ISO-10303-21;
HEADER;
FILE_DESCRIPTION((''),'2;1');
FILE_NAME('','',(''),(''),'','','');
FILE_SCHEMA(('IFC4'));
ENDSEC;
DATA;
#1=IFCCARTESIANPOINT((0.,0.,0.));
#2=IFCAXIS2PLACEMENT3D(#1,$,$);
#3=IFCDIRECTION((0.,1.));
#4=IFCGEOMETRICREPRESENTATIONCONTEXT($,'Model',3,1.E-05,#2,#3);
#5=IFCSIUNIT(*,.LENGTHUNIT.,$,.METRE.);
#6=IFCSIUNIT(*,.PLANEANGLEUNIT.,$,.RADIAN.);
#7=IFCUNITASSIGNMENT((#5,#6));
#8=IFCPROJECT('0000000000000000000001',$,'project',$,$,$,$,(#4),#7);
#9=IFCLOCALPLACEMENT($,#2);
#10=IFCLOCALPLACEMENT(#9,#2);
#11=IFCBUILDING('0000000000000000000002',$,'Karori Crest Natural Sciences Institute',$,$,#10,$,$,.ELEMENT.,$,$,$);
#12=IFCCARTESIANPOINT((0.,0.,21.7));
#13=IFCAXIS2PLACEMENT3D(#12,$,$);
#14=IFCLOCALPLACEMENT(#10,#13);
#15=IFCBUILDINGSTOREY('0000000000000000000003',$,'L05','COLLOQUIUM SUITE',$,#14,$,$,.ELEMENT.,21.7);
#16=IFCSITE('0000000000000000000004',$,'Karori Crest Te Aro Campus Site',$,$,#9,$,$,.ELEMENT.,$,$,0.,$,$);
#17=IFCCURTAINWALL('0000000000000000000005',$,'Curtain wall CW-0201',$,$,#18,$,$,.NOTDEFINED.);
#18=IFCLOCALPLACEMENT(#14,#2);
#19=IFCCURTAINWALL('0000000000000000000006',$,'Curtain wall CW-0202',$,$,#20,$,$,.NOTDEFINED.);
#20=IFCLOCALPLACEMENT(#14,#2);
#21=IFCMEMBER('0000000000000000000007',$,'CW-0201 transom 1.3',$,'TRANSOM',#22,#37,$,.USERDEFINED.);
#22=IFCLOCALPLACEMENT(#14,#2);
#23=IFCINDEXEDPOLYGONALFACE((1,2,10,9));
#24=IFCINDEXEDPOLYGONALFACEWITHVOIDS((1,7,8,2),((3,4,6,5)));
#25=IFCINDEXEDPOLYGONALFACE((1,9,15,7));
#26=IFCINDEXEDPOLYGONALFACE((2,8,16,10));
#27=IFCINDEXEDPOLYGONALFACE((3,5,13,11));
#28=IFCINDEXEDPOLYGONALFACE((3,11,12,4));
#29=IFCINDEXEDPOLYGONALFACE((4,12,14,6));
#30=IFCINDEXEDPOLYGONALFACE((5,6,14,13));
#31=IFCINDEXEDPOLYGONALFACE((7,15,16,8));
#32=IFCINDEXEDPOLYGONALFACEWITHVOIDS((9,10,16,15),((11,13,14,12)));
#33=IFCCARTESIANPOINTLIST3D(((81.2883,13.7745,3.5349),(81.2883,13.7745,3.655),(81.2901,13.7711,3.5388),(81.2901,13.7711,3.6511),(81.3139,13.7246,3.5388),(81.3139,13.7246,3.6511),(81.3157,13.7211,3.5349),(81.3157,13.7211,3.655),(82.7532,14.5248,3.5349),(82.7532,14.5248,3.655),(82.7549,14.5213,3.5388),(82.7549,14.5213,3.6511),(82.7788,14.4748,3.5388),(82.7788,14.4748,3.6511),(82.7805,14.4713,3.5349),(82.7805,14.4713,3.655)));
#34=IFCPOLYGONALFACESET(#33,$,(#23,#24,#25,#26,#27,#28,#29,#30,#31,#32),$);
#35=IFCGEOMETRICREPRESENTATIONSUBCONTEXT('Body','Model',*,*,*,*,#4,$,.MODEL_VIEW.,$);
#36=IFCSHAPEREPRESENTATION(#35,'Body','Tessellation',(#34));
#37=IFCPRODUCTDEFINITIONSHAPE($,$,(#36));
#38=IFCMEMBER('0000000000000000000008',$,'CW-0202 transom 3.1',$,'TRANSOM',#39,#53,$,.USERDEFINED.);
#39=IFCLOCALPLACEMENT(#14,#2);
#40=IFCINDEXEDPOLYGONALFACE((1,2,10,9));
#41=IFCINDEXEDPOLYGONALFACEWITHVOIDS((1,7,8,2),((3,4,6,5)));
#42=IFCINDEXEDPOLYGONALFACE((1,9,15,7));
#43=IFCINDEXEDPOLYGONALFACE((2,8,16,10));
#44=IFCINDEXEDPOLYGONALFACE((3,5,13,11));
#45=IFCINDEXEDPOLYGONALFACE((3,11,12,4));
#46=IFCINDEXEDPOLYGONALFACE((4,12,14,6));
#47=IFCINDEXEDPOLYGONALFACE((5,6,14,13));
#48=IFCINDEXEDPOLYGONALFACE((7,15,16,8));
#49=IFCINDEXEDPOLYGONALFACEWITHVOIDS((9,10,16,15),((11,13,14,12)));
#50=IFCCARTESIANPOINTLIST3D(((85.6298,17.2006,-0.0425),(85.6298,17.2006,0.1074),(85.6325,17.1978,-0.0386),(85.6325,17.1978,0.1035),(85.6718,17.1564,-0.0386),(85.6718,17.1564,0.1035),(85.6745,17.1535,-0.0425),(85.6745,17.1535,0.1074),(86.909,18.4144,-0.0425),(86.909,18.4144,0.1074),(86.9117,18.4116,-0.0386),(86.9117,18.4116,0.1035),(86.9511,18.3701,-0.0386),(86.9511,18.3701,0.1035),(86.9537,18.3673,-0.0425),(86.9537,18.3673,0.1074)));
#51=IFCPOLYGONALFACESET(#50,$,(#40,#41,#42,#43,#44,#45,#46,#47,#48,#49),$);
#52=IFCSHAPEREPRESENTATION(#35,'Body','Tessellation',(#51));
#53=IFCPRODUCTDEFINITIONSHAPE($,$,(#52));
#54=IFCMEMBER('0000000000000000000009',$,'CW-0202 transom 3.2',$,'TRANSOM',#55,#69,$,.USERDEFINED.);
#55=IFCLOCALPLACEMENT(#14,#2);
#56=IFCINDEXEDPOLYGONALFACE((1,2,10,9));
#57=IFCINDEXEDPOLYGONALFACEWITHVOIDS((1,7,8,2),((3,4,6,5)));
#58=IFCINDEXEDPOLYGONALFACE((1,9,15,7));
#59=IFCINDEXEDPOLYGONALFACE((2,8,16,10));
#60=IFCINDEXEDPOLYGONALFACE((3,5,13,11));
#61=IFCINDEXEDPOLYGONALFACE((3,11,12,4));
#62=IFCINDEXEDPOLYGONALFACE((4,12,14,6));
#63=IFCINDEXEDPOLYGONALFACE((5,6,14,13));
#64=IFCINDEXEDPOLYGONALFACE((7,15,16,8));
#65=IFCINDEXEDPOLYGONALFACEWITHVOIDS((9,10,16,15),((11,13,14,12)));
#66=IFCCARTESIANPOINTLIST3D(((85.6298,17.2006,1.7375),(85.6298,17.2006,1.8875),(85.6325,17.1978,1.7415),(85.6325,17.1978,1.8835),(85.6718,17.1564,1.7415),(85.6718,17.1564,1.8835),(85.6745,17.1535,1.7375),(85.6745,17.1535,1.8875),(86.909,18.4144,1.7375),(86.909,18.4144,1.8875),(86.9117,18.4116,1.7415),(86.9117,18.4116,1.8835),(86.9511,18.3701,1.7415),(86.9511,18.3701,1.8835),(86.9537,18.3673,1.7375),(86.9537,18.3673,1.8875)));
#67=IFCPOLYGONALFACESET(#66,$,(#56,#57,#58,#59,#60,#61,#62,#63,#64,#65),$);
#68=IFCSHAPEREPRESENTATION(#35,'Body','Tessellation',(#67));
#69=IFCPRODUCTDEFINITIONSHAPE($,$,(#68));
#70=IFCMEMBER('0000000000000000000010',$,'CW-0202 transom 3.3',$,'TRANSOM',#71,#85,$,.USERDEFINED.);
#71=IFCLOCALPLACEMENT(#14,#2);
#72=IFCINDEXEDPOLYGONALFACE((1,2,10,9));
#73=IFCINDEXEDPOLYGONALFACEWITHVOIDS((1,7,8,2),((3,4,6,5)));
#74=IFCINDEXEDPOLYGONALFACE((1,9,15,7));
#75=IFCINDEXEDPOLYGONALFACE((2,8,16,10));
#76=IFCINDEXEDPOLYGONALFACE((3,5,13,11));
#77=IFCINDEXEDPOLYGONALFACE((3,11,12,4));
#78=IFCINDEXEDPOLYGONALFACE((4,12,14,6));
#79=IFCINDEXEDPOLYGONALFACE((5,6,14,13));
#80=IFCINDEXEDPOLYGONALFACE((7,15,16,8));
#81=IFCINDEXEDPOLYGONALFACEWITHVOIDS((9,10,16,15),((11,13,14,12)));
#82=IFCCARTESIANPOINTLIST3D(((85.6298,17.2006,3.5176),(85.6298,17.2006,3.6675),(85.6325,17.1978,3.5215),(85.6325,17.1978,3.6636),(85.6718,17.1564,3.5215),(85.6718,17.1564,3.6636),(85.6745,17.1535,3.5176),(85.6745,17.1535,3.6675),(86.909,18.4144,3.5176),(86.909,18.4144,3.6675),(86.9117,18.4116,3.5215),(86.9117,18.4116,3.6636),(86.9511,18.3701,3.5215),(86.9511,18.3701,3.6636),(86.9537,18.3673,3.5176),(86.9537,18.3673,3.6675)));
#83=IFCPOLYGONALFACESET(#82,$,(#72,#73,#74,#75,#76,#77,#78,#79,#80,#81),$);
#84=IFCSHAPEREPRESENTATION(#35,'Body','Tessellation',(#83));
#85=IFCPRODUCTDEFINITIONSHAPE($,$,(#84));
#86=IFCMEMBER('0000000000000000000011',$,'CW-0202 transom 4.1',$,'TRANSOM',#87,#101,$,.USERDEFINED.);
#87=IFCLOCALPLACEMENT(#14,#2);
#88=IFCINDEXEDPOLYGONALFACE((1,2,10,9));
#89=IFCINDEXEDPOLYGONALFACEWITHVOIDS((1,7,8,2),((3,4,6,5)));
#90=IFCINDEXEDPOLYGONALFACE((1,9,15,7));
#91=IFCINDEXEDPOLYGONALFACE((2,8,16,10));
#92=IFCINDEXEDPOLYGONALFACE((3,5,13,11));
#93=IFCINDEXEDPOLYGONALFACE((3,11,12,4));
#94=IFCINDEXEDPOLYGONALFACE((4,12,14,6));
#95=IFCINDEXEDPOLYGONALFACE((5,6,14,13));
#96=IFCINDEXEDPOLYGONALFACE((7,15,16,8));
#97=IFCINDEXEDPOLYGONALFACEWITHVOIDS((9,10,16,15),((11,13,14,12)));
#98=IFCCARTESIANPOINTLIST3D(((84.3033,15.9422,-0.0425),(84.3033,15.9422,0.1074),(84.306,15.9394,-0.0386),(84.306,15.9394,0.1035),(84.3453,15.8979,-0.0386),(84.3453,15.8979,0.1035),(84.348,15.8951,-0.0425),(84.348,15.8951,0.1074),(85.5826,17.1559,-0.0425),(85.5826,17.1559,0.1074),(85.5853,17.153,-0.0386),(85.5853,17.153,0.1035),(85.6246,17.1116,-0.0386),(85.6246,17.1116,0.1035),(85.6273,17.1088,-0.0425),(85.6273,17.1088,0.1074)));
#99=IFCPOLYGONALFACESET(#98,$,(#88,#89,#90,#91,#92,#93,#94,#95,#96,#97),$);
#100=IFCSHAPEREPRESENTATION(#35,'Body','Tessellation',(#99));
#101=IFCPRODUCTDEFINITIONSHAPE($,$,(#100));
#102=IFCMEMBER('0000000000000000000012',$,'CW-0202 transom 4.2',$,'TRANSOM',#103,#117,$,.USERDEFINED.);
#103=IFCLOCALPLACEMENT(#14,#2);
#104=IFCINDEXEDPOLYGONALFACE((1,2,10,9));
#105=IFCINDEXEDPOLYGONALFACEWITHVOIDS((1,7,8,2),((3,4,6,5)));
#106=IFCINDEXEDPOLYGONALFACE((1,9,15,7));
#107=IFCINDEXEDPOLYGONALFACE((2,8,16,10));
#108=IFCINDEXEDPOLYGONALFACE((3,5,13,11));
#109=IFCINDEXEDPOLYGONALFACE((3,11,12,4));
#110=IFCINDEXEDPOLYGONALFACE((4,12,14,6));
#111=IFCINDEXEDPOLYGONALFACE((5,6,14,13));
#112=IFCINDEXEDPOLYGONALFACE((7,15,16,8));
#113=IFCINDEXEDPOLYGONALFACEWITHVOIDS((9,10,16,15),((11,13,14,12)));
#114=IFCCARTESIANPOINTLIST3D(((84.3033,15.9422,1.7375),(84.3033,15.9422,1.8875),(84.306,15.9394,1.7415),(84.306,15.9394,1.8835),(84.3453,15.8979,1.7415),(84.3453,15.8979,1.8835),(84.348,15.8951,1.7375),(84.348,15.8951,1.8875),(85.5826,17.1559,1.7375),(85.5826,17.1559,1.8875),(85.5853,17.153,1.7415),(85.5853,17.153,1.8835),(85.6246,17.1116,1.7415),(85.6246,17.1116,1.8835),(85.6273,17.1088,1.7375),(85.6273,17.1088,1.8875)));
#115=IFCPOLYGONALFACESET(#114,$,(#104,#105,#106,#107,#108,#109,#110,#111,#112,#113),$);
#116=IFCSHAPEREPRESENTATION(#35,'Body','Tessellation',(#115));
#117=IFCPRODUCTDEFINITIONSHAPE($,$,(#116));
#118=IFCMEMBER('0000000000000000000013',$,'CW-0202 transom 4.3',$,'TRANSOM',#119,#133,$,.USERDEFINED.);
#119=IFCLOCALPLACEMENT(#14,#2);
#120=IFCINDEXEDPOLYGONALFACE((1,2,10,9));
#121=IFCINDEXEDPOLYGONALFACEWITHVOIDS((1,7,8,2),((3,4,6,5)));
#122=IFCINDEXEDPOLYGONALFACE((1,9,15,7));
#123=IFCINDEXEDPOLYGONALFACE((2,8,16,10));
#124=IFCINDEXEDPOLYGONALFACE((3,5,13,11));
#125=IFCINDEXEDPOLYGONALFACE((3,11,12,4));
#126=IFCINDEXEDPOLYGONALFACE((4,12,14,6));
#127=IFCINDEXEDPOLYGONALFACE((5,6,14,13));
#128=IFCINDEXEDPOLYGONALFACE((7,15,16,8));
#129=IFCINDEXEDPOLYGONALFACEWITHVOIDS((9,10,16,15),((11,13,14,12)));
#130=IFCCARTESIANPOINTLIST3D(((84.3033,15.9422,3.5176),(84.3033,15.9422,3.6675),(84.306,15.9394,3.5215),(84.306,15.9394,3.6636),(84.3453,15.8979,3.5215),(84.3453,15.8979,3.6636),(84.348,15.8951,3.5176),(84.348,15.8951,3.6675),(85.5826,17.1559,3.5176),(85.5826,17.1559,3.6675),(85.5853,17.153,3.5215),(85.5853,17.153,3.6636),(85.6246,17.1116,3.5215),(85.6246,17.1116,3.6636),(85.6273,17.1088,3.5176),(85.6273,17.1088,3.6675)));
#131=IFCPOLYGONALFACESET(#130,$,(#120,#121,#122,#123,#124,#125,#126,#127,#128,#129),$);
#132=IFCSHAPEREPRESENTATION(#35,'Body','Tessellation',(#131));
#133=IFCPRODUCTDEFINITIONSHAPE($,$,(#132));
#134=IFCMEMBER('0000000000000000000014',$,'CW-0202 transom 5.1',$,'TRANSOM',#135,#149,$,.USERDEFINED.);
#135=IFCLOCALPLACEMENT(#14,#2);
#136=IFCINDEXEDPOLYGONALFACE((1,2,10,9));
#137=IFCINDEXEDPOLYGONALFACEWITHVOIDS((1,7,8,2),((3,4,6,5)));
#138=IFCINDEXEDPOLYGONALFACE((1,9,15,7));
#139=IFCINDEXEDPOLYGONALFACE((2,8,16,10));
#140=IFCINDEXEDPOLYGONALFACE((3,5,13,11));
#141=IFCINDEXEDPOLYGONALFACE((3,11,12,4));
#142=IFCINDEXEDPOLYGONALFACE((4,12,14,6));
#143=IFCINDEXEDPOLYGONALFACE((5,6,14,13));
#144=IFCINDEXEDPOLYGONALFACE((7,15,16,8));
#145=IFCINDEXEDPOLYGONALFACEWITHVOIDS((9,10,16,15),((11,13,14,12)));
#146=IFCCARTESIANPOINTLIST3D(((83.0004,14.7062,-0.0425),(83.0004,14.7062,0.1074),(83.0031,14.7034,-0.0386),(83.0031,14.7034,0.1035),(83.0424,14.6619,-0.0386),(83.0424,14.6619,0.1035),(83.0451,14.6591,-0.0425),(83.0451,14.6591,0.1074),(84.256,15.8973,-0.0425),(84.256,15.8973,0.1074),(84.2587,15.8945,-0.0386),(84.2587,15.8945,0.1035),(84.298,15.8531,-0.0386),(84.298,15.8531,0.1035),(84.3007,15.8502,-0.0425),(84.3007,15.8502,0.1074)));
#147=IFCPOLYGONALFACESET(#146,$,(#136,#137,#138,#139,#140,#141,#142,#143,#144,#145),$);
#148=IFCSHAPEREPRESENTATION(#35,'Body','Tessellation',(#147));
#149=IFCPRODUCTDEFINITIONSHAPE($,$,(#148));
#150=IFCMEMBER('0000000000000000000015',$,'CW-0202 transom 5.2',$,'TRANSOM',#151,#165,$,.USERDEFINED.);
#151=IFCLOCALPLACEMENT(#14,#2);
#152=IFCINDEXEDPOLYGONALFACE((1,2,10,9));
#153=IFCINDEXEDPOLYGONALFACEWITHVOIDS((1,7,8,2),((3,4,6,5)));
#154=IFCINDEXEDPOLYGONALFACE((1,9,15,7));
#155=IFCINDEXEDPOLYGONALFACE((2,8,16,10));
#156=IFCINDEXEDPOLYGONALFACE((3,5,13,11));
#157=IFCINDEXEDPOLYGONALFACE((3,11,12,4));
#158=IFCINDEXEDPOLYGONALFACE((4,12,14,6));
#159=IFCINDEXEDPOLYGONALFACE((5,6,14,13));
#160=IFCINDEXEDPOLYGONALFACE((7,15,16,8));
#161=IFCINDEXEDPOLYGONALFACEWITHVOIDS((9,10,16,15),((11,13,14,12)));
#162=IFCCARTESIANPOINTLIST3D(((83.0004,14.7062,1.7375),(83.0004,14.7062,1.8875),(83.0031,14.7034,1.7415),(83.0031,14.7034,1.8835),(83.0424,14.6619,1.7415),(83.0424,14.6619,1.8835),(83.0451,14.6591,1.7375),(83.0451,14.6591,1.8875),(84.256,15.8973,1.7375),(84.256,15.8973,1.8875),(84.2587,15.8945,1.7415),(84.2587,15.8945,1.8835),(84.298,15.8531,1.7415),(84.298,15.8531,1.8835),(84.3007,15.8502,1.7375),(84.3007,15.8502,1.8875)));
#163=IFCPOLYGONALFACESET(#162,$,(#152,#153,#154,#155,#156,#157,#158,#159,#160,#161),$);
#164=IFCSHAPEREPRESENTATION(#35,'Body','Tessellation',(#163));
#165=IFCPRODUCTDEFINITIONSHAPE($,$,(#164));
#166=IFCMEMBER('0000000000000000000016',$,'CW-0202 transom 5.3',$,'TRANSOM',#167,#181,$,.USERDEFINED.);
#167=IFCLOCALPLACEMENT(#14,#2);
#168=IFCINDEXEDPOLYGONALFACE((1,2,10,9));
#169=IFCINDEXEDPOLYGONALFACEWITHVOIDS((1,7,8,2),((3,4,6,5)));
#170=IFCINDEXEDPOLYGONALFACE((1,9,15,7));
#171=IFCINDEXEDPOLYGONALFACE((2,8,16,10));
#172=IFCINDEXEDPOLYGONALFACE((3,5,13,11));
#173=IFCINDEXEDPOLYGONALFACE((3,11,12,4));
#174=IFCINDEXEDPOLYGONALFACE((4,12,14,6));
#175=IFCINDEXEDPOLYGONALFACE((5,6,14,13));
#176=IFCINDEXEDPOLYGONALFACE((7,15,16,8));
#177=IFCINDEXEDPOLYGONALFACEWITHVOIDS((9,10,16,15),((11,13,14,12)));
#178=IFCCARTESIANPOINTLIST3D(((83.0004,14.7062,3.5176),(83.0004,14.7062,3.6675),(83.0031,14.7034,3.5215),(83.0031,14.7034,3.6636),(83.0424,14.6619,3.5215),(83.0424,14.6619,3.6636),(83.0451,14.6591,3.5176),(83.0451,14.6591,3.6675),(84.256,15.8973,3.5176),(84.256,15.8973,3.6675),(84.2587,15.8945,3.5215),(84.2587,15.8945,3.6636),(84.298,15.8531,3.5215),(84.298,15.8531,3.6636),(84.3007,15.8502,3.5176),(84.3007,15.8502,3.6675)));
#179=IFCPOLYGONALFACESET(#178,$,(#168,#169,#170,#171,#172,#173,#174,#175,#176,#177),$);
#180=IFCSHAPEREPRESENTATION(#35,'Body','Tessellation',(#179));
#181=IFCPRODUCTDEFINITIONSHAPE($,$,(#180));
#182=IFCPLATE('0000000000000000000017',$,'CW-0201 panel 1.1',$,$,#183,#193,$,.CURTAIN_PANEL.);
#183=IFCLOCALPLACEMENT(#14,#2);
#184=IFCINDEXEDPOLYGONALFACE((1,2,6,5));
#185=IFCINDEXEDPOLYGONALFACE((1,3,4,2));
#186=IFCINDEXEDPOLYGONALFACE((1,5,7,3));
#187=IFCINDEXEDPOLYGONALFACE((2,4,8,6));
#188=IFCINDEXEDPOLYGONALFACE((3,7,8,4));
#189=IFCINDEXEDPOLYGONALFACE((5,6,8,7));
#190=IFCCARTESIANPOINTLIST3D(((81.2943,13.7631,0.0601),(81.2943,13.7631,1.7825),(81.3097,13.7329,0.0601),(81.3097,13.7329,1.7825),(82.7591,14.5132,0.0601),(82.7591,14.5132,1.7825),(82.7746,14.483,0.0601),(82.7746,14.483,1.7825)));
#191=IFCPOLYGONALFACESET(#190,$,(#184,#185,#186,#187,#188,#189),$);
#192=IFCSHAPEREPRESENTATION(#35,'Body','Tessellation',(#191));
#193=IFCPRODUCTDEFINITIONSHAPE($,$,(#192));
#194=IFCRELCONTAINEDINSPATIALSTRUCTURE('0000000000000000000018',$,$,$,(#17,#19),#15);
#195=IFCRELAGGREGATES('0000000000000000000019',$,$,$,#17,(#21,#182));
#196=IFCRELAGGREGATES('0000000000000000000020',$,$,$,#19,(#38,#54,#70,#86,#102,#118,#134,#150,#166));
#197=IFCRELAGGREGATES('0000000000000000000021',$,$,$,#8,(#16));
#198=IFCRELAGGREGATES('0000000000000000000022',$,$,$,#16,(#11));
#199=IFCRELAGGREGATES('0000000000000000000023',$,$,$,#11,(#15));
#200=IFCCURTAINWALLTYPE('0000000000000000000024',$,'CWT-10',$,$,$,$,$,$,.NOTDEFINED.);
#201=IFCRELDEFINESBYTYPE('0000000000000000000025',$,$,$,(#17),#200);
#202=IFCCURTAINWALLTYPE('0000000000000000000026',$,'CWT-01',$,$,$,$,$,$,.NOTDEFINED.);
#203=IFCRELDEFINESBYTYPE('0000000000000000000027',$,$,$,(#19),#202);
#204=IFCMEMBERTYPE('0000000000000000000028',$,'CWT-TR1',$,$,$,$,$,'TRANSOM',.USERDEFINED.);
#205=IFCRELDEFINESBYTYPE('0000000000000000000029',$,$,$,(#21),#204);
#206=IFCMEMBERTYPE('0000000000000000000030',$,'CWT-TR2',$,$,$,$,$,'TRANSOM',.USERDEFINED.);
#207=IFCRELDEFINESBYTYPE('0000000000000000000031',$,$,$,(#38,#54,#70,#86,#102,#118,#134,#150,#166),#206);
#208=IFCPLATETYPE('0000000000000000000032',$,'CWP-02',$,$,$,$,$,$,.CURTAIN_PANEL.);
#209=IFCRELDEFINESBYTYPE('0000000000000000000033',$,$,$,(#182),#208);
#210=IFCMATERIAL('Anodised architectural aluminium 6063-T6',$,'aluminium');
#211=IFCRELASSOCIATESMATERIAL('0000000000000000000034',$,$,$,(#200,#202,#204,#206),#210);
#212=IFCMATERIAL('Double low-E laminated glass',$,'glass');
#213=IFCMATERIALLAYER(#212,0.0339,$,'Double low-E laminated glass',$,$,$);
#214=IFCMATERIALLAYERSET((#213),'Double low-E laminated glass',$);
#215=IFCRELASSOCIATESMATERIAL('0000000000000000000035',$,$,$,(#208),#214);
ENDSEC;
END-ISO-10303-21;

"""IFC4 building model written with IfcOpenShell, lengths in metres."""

from ifc_helpers import new_model, si_unit, direction, frame, origin, origin_2d, place, context, subcontext, project, spatial, rectangle, hollow_rectangle, extrude, material, layer, layer_set, material_profile, profile_set, type_object, element, aggregate, save


model = new_model("IFC4")

# Units and contexts
model_context = context("Model", 3, precision=1e-05, world=origin(), true_north=direction((0.0, 1.0)))
body_context = subcontext(model_context, "Body", "Model", "MODEL_VIEW")
ifc_project = project(units=[si_unit("LENGTHUNIT", "METRE"), si_unit("PLANEANGLEUNIT", "RADIAN")], contexts=[model_context])

# Site, building, storey
site_placement = place(None, origin())
site = spatial("IfcSite", under=ifc_project, at=site_placement, Name="Karori Crest Te Aro Campus Site", CompositionType="ELEMENT", RefElevation=0.0)
building_placement = place(site_placement, origin())
building = spatial("IfcBuilding", under=site, at=building_placement, Name="Karori Crest Natural Sciences Institute", CompositionType="ELEMENT")
storey_placement = place(building_placement, frame((0.0, 0.0, 21.7)))
storey = spatial("IfcBuildingStorey", under=building, at=storey_placement, Name="L05", Description="COLLOQUIUM SUITE", CompositionType="ELEMENT", Elevation=21.7)

# Curtain wall
ifc_material_1 = material(Name="Anodised architectural aluminium 6063-T6", Category="aluminium")
curtain_wall_type_1 = type_object("IfcCurtainWallType", Name="CWT-10", PredefinedType="NOTDEFINED", material=ifc_material_1)
curtain_wall_1_placement = place(storey_placement, origin())
curtain_wall_1 = element("IfcCurtainWall", 1, at=curtain_wall_1_placement, inside=storey, type_object=curtain_wall_type_1, Name="Curtain wall CW-0201", PredefinedType="NOTDEFINED")

# Curtain wall
curtain_wall_type_2 = type_object("IfcCurtainWallType", Name="CWT-01", PredefinedType="NOTDEFINED", material=ifc_material_1)
curtain_wall_2_placement = place(storey_placement, origin())
curtain_wall_2 = element("IfcCurtainWall", 2, at=curtain_wall_2_placement, inside=storey, type_object=curtain_wall_type_2, Name="Curtain wall CW-0202", PredefinedType="NOTDEFINED")

# Members
ifc_material_profile_1 = material_profile(ifc_material_1, hollow_rectangle(XDim=0.0601, YDim=0.1201, WallThickness=0.0039, at=origin_2d()), Name="CWT120x60x4")
ifc_profile_set_1 = profile_set([ifc_material_profile_1], Name="Anodised architectural aluminium 6063-T6")
member_type_1 = type_object("IfcMemberType", Name="CWT-TR1", ElementType="TRANSOM", PredefinedType="USERDEFINED", material=ifc_profile_set_1)
member_1_placement = place(storey_placement, frame((82.7668, 14.498, 3.595), z_axis=(-0.890054, -0.455856, 0.0), x_axis=(0.455856, -0.890054, 0.0)))
member_1 = element("IfcMember", 3, at=member_1_placement, type_object=member_type_1, Name="CW-0201 transom 1.3", ObjectType="TRANSOM", PredefinedType="USERDEFINED", context=body_context, shape_type="SweptSolid", body=[
    extrude(hollow_rectangle(XDim=0.0601, YDim=0.1201, WallThickness=0.0039, at=origin_2d()), origin(), (0.0, 0.0, 1.0), 1.6458),
])
ifc_material_profile_2 = material_profile(ifc_material_1, hollow_rectangle(XDim=0.0649, YDim=0.1499, WallThickness=0.0039, at=origin_2d()), Name="CWT150x65x4")
ifc_profile_set_2 = profile_set([ifc_material_profile_2], Name="Anodised architectural aluminium 6063-T6")
member_type_2 = type_object("IfcMemberType", Name="CWT-TR2", ElementType="TRANSOM", PredefinedType="USERDEFINED", material=ifc_profile_set_2)
member_2_placement = place(storey_placement, frame((86.9314, 18.3909, 0.0325), z_axis=(-0.725414, -0.688313, 0.0), x_axis=(0.688313, -0.725414, 0.0)))
member_2 = element("IfcMember", 4, at=member_2_placement, type_object=member_type_2, Name="CW-0202 transom 3.1", ObjectType="TRANSOM", PredefinedType="USERDEFINED", context=body_context, shape_type="SweptSolid", body=[
    extrude(hollow_rectangle(XDim=0.0649, YDim=0.1499, WallThickness=0.0039, at=origin_2d()), origin(), (0.0, 0.0, 1.0), 1.7634),
])
member_3_placement = place(storey_placement, frame((86.9314, 18.3909, 1.8125), z_axis=(-0.725414, -0.688313, 0.0), x_axis=(0.688313, -0.725414, 0.0)))
member_3 = element("IfcMember", 5, at=member_3_placement, type_object=member_type_2, Name="CW-0202 transom 3.2", ObjectType="TRANSOM", PredefinedType="USERDEFINED", context=body_context, shape_type="SweptSolid", body=[
    extrude(hollow_rectangle(XDim=0.0649, YDim=0.1499, WallThickness=0.0039, at=origin_2d()), origin(), (0.0, 0.0, 1.0), 1.7634),
])
member_4_placement = place(storey_placement, frame((86.9314, 18.3909, 3.5925), z_axis=(-0.725414, -0.688313, 0.0), x_axis=(0.688313, -0.725414, 0.0)))
member_4 = element("IfcMember", 6, at=member_4_placement, type_object=member_type_2, Name="CW-0202 transom 3.3", ObjectType="TRANSOM", PredefinedType="USERDEFINED", context=body_context, shape_type="SweptSolid", body=[
    extrude(hollow_rectangle(XDim=0.0649, YDim=0.1499, WallThickness=0.0039, at=origin_2d()), origin(), (0.0, 0.0, 1.0), 1.7634),
])
member_5_placement = place(storey_placement, frame((85.605, 17.1323, 0.0325), z_axis=(-0.725483, -0.68824, 0.0), x_axis=(0.68824, -0.725483, 0.0)))
member_5 = element("IfcMember", 7, at=member_5_placement, type_object=member_type_2, Name="CW-0202 transom 4.1", ObjectType="TRANSOM", PredefinedType="USERDEFINED", context=body_context, shape_type="SweptSolid", body=[
    extrude(hollow_rectangle(XDim=0.0649, YDim=0.1499, WallThickness=0.0039, at=origin_2d()), origin(), (0.0, 0.0, 1.0), 1.7634),
])
member_6_placement = place(storey_placement, frame((85.605, 17.1323, 1.8125), z_axis=(-0.725483, -0.68824, 0.0), x_axis=(0.68824, -0.725483, 0.0)))
member_6 = element("IfcMember", 8, at=member_6_placement, type_object=member_type_2, Name="CW-0202 transom 4.2", ObjectType="TRANSOM", PredefinedType="USERDEFINED", context=body_context, shape_type="SweptSolid", body=[
    extrude(hollow_rectangle(XDim=0.0649, YDim=0.1499, WallThickness=0.0039, at=origin_2d()), origin(), (0.0, 0.0, 1.0), 1.7634),
])
member_7_placement = place(storey_placement, frame((85.605, 17.1323, 3.5925), z_axis=(-0.725483, -0.68824, 0.0), x_axis=(0.68824, -0.725483, 0.0)))
member_7 = element("IfcMember", 9, at=member_7_placement, type_object=member_type_2, Name="CW-0202 transom 4.3", ObjectType="TRANSOM", PredefinedType="USERDEFINED", context=body_context, shape_type="SweptSolid", body=[
    extrude(hollow_rectangle(XDim=0.0649, YDim=0.1499, WallThickness=0.0039, at=origin_2d()), origin(), (0.0, 0.0, 1.0), 1.7634),
])
member_8_placement = place(storey_placement, frame((84.2783, 15.8738, 0.0325), z_axis=(-0.725482, -0.688241, 0.0), x_axis=(0.688241, -0.725482, 0.0)))
member_8 = element("IfcMember", 10, at=member_8_placement, type_object=member_type_2, Name="CW-0202 transom 5.1", ObjectType="TRANSOM", PredefinedType="USERDEFINED", context=body_context, shape_type="SweptSolid", body=[
    extrude(hollow_rectangle(XDim=0.0649, YDim=0.1499, WallThickness=0.0039, at=origin_2d()), origin(), (0.0, 0.0, 1.0), 1.7307),
])
member_9_placement = place(storey_placement, frame((84.2783, 15.8738, 1.8125), z_axis=(-0.725482, -0.688241, 0.0), x_axis=(0.688241, -0.725482, 0.0)))
member_9 = element("IfcMember", 11, at=member_9_placement, type_object=member_type_2, Name="CW-0202 transom 5.2", ObjectType="TRANSOM", PredefinedType="USERDEFINED", context=body_context, shape_type="SweptSolid", body=[
    extrude(hollow_rectangle(XDim=0.0649, YDim=0.1499, WallThickness=0.0039, at=origin_2d()), origin(), (0.0, 0.0, 1.0), 1.7307),
])
member_10_placement = place(storey_placement, frame((84.2783, 15.8738, 3.5925), z_axis=(-0.725482, -0.688241, 0.0), x_axis=(0.688241, -0.725482, 0.0)))
member_10 = element("IfcMember", 12, at=member_10_placement, type_object=member_type_2, Name="CW-0202 transom 5.3", ObjectType="TRANSOM", PredefinedType="USERDEFINED", context=body_context, shape_type="SweptSolid", body=[
    extrude(hollow_rectangle(XDim=0.0649, YDim=0.1499, WallThickness=0.0039, at=origin_2d()), origin(), (0.0, 0.0, 1.0), 1.7307),
])

# Plate
ifc_material_2 = material(Name="Double low-E laminated glass", Category="glass")
ifc_layer_1 = layer(ifc_material_2, 0.0339, Name="Double low-E laminated glass")
ifc_layer_set_1 = layer_set([ifc_layer_1], Name="Double low-E laminated glass")
plate_type_1 = type_object("IfcPlateType", Name="CWP-02", PredefinedType="CURTAIN_PANEL", material=ifc_layer_set_1)
plate_1_placement = place(storey_placement, frame((82.0344, 14.123, 0.0601), z_axis=(0.0, 0.0, 1.0), x_axis=(-0.890067, -0.455829, 0.0)))
plate_1 = element("IfcPlate", 13, at=plate_1_placement, type_object=plate_type_1, Name="CW-0201 panel 1.1", PredefinedType="CURTAIN_PANEL", context=body_context, shape_type="SweptSolid", body=[
    extrude(rectangle(XDim=1.6458, YDim=0.0339, at=origin_2d()), origin(), (0.0, 0.0, 1.0), 1.7224),
])
aggregate(curtain_wall_1, [member_1, plate_1])
aggregate(curtain_wall_2, [member_2, member_3, member_4, member_5, member_6, member_7, member_8, member_9, member_10])

save(model, "model.ifc")
